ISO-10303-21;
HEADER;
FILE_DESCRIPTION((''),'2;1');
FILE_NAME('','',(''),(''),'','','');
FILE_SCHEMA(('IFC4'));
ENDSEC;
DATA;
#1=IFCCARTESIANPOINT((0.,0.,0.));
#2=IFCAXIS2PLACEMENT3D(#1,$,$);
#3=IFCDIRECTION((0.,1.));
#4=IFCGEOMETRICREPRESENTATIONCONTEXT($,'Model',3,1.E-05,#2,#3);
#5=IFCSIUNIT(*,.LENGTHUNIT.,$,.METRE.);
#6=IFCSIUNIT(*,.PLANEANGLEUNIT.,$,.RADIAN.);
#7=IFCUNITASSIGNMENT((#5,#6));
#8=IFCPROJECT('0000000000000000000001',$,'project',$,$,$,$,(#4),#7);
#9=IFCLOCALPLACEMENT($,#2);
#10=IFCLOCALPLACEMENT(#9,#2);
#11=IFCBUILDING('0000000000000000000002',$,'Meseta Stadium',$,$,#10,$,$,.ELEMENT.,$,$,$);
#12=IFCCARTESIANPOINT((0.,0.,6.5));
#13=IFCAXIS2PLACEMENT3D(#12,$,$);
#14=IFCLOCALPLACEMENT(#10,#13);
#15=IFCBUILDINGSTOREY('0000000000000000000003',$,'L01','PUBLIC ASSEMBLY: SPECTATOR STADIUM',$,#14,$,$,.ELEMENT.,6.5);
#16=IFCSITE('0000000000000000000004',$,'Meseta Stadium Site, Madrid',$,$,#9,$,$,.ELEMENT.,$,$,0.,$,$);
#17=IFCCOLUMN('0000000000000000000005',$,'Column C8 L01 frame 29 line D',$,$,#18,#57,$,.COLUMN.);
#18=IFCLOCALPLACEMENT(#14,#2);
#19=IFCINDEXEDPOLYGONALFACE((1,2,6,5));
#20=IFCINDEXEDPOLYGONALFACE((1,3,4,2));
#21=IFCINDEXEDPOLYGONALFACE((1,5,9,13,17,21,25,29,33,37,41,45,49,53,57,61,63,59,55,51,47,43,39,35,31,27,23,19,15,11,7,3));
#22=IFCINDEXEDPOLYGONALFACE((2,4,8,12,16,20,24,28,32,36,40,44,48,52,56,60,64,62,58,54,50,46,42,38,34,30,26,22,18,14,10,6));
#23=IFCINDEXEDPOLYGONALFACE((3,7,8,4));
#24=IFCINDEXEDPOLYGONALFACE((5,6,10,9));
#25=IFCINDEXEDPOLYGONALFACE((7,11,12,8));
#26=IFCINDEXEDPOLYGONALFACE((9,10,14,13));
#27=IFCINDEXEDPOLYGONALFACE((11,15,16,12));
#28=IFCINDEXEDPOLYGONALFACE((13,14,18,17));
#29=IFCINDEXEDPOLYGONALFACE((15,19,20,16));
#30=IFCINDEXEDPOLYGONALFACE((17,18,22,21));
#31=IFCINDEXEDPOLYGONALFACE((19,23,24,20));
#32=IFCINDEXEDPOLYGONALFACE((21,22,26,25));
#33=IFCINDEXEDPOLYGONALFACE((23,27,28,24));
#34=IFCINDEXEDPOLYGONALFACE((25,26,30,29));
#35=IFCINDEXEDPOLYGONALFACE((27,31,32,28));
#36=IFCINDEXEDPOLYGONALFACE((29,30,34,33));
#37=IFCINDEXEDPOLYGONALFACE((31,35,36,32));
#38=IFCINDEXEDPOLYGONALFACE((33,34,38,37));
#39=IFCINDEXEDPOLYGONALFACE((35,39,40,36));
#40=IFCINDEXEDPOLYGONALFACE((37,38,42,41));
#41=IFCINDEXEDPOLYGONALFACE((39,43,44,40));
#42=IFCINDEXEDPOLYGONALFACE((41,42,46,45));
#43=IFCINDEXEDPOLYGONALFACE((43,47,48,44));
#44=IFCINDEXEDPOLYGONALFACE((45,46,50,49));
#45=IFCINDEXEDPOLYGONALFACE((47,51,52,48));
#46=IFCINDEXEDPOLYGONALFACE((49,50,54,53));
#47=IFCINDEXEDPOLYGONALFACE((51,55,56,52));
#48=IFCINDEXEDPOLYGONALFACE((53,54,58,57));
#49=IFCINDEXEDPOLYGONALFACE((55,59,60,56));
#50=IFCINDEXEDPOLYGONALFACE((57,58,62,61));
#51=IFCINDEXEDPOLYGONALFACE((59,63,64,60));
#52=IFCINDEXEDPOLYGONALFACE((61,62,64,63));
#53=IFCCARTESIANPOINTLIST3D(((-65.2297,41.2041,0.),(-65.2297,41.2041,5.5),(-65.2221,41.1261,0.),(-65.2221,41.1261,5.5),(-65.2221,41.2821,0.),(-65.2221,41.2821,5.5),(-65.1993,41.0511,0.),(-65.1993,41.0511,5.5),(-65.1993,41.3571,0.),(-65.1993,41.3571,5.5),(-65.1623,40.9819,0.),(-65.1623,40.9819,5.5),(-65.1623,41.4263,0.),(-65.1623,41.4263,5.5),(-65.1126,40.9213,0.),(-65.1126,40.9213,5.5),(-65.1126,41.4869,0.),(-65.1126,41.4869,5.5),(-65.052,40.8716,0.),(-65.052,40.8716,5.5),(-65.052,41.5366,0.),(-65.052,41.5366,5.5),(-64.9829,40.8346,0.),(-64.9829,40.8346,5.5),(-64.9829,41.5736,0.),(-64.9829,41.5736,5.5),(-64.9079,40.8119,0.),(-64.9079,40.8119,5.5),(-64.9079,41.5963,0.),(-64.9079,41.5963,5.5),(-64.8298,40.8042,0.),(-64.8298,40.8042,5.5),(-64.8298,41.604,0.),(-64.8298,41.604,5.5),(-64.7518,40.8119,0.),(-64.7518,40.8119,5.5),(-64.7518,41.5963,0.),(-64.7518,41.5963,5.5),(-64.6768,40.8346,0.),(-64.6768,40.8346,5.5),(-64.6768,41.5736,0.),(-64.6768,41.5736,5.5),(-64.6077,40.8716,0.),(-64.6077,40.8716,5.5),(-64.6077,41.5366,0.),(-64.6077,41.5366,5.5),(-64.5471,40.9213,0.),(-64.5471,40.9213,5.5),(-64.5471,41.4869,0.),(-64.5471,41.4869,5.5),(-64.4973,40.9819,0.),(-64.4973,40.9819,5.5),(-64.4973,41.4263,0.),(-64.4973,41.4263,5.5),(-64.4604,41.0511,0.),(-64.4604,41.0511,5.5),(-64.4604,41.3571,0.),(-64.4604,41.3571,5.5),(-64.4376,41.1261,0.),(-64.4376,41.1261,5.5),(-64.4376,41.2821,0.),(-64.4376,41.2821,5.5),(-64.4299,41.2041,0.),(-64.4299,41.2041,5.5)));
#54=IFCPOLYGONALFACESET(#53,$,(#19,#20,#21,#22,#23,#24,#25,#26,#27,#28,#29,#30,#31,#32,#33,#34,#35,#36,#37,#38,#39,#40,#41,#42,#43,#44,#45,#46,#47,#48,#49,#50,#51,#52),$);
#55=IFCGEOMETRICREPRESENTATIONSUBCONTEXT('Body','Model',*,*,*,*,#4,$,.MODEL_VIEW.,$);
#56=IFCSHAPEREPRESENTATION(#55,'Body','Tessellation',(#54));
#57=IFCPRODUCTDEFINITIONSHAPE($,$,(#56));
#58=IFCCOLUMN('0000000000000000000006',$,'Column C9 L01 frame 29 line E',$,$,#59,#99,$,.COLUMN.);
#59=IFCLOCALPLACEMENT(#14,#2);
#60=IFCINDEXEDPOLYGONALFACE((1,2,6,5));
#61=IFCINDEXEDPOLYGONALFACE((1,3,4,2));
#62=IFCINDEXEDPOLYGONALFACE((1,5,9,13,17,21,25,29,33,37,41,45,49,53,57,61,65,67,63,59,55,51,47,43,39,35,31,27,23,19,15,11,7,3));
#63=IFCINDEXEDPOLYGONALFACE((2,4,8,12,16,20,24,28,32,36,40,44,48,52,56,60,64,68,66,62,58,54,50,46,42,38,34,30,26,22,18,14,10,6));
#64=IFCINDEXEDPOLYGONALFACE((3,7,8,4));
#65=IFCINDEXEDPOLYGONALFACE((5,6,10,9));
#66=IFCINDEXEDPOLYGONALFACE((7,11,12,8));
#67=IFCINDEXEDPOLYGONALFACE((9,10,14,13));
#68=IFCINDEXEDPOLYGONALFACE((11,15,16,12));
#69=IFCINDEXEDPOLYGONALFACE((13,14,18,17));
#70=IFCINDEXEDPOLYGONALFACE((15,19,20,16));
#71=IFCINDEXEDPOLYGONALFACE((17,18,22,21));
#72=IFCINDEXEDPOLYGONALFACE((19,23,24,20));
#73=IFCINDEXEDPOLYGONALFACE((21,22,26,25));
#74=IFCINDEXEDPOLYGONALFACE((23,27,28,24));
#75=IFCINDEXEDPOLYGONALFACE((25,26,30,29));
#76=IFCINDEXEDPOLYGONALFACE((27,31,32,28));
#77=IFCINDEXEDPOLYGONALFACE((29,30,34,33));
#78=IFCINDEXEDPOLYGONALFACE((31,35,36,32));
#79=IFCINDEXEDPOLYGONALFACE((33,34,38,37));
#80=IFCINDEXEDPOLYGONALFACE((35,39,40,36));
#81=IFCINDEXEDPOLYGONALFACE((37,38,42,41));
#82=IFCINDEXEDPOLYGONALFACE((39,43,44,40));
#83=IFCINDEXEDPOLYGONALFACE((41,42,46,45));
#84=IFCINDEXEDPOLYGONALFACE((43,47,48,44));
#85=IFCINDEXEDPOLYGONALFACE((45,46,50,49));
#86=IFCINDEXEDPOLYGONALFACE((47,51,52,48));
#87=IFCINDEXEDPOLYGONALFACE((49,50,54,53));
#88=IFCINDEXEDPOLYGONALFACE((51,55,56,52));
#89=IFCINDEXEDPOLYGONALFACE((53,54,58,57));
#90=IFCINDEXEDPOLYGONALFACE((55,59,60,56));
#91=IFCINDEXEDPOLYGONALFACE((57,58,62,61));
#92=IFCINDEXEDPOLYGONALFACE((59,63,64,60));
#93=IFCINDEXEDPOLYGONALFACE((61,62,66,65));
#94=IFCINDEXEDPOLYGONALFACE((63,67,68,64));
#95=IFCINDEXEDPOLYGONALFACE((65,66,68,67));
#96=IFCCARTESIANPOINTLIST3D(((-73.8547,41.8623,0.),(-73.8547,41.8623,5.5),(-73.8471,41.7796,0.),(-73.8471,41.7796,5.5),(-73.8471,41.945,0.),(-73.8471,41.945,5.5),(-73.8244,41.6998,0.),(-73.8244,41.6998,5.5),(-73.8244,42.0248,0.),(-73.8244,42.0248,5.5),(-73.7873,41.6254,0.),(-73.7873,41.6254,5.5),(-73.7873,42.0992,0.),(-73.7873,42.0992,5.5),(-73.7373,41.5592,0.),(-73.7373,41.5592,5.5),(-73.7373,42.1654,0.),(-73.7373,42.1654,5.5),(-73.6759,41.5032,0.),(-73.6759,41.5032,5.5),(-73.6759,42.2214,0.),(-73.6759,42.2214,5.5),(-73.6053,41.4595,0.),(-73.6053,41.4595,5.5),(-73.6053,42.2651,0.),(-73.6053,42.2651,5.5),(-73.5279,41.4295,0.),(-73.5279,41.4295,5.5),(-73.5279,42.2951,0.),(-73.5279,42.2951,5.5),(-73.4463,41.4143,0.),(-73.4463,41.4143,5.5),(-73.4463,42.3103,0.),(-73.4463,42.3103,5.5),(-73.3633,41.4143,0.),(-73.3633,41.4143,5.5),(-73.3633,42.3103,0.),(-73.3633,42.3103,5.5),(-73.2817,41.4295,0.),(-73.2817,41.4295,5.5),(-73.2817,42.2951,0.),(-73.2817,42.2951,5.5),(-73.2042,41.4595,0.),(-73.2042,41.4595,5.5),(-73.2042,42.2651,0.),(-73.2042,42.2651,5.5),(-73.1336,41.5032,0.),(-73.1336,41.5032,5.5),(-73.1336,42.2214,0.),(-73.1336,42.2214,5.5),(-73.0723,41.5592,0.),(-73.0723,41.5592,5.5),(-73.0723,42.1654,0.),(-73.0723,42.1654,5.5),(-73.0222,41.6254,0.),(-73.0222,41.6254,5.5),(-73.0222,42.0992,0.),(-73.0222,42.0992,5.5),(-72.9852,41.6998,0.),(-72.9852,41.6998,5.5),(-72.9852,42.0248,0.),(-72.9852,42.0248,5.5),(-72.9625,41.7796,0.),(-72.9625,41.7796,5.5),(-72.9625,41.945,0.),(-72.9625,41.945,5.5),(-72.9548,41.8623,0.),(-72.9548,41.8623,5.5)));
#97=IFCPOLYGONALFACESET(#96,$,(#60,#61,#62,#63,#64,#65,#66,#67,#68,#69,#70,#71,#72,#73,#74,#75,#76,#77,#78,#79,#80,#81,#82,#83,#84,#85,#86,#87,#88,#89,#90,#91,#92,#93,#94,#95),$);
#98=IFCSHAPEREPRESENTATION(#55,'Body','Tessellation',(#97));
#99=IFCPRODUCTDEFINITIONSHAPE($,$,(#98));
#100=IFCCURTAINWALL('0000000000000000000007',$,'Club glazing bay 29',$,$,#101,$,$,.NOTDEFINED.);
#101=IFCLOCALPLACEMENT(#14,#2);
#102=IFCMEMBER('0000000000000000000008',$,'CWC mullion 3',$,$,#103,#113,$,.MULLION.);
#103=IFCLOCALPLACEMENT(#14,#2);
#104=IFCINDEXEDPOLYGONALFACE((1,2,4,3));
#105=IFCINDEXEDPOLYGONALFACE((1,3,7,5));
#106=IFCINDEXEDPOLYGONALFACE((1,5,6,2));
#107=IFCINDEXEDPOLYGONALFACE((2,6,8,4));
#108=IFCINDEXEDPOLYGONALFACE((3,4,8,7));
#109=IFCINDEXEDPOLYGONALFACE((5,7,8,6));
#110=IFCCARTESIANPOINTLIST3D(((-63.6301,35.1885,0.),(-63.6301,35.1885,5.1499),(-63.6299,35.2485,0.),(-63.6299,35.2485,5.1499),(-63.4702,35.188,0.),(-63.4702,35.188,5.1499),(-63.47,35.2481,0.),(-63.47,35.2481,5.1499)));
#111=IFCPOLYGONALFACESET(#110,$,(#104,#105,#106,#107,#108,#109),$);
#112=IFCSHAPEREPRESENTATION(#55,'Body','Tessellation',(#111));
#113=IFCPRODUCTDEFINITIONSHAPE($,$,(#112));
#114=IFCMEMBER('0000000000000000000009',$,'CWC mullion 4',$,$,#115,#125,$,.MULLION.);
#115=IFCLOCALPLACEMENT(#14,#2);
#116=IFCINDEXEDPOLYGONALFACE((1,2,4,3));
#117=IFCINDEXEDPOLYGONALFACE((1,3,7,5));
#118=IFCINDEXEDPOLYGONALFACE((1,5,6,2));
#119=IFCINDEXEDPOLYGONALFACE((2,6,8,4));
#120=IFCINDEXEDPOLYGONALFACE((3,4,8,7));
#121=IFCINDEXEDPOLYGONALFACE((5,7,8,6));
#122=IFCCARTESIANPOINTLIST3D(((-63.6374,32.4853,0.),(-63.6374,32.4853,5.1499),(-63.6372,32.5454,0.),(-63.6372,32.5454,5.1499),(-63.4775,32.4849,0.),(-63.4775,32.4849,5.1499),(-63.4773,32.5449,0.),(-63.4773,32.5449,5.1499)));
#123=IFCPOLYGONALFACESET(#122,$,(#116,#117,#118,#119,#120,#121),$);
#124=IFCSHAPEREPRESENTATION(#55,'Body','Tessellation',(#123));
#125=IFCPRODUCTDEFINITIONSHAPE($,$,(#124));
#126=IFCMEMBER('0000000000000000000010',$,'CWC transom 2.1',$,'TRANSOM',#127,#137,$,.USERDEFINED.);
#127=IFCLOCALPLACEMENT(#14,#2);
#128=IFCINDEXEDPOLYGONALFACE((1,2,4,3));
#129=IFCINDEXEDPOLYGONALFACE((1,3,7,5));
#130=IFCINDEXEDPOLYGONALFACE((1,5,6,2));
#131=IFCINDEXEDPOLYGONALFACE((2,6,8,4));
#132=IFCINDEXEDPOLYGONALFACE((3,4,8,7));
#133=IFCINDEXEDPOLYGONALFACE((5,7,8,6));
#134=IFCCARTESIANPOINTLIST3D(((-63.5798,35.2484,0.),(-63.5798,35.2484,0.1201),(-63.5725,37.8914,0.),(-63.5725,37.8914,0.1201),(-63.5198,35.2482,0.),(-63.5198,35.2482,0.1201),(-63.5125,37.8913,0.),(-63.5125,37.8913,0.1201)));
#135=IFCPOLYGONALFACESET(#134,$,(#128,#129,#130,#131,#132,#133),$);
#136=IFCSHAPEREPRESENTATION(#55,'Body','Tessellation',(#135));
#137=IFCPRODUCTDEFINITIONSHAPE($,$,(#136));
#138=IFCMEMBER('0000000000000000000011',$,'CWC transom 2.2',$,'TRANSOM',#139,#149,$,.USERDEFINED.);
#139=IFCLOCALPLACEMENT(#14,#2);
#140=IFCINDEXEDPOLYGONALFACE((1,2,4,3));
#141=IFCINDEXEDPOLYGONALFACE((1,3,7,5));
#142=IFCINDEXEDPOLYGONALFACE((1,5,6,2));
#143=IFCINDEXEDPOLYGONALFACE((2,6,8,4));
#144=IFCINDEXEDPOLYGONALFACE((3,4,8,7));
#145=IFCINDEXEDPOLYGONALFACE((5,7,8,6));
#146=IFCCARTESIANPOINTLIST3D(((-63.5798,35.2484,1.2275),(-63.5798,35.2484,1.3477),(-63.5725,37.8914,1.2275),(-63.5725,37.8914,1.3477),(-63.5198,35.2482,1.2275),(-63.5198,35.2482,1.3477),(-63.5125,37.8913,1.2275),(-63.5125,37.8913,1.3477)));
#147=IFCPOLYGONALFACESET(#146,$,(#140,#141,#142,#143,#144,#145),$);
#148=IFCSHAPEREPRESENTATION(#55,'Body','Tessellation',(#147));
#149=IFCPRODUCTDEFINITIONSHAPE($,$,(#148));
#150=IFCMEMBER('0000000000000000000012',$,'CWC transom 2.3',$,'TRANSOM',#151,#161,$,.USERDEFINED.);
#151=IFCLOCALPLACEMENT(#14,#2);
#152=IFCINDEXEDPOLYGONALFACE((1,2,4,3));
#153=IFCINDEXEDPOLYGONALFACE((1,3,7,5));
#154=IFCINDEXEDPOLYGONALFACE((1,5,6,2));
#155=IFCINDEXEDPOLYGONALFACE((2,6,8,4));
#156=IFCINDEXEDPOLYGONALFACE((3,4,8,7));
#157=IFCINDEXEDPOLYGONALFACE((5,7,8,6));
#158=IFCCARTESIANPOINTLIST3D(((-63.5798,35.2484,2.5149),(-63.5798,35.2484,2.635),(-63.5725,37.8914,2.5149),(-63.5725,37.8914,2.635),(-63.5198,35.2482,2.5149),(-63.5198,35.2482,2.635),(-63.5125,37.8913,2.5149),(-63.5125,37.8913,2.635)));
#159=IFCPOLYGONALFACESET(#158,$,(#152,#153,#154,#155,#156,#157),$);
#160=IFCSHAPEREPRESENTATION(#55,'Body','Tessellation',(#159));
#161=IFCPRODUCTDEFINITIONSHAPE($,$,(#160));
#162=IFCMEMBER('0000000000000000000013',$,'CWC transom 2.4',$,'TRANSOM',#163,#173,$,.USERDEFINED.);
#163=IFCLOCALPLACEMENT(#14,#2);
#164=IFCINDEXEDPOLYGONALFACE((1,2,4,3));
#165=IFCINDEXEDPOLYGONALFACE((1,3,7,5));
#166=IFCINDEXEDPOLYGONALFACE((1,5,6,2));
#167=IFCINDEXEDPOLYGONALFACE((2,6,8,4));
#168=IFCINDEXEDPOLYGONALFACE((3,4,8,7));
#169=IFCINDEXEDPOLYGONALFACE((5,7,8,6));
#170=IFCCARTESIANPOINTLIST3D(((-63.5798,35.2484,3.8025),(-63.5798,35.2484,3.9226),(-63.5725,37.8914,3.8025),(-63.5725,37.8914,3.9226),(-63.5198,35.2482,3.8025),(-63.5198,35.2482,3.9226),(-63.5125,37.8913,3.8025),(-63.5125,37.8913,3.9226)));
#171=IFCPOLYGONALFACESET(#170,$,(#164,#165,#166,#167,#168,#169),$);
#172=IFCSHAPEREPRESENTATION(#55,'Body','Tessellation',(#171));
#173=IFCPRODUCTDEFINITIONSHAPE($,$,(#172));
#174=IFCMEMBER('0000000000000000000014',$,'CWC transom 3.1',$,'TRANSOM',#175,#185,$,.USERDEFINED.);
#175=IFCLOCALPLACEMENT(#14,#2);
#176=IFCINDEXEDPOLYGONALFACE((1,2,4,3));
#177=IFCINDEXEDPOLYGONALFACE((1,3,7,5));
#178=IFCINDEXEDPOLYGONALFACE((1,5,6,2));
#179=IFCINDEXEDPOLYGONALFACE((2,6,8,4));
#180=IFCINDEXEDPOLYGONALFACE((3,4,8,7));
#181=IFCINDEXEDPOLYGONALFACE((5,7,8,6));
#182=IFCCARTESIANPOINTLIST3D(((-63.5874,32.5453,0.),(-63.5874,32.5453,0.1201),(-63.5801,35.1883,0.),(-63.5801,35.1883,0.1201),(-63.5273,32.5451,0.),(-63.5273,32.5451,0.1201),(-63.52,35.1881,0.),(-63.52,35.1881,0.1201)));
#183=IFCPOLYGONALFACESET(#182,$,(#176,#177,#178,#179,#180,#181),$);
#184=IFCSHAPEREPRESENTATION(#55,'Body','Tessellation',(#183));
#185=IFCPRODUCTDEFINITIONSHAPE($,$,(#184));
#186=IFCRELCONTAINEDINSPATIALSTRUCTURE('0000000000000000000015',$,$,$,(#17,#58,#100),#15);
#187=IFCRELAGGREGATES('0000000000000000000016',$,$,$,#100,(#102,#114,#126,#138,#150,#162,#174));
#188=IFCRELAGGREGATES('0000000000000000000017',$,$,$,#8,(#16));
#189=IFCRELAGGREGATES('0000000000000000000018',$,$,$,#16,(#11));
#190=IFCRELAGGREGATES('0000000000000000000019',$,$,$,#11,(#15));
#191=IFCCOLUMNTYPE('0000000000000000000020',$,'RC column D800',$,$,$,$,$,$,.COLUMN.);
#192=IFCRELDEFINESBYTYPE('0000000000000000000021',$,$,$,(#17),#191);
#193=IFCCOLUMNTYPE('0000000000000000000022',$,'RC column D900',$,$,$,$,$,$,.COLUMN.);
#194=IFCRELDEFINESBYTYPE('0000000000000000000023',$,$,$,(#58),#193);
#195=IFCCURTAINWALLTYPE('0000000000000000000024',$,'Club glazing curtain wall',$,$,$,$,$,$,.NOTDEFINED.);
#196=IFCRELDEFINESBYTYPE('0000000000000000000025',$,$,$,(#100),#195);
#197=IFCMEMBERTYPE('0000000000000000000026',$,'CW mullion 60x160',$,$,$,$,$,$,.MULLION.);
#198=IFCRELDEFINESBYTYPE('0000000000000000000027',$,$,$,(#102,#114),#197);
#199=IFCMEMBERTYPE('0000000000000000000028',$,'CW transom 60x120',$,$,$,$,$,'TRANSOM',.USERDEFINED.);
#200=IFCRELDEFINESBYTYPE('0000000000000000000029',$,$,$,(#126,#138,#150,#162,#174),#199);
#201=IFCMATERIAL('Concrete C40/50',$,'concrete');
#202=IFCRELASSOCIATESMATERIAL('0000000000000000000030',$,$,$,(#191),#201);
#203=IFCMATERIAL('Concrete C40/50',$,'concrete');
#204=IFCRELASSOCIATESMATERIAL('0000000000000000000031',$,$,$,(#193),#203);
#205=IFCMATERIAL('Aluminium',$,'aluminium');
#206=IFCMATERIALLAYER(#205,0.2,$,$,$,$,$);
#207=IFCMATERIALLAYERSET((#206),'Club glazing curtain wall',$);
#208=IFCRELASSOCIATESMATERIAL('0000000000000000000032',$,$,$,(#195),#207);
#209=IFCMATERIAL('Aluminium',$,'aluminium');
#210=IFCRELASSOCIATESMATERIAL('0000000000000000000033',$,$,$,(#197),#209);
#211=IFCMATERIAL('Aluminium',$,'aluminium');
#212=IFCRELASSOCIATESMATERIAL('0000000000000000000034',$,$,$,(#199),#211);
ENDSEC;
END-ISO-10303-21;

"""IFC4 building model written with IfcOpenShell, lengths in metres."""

from ifc_helpers import new_model, si_unit, direction, frame, origin, origin_2d, place, context, subcontext, project, spatial, rectangle, circle, extrude, material, layer, layer_set, material_profile, profile_set, type_object, element, aggregate, save


model = new_model("IFC4")

# Units and contexts
model_context = context("Model", 3, precision=1e-05, world=origin(), true_north=direction((0.0, 1.0)))
body_context = subcontext(model_context, "Body", "Model", "MODEL_VIEW")
ifc_project = project(units=[si_unit("LENGTHUNIT", "METRE"), si_unit("PLANEANGLEUNIT", "RADIAN")], contexts=[model_context])

# Site, building, storey
site_placement = place(None, origin())
site = spatial("IfcSite", under=ifc_project, at=site_placement, Name="Meseta Stadium Site, Madrid", CompositionType="ELEMENT", RefElevation=0.0)
building_placement = place(site_placement, origin())
building = spatial("IfcBuilding", under=site, at=building_placement, Name="Meseta Stadium", CompositionType="ELEMENT")
storey_placement = place(building_placement, frame((0.0, 0.0, 6.5)))
storey = spatial("IfcBuildingStorey", under=building, at=storey_placement, Name="L01", Description="PUBLIC ASSEMBLY: SPECTATOR STADIUM", CompositionType="ELEMENT", Elevation=6.5)

# Columns
ifc_material_1 = material(Name="Concrete C40/50", Category="concrete")
ifc_material_profile_1 = material_profile(ifc_material_1, circle(Radius=0.3999, at=origin_2d()), Name="RC D800")
ifc_profile_set_1 = profile_set([ifc_material_profile_1], Name="Concrete C40/50")
column_type_1 = type_object("IfcColumnType", Name="RC column D800", PredefinedType="COLUMN", material=ifc_profile_set_1)
column_1_placement = place(storey_placement, frame((-64.8298, 41.2041, 0.0), z_axis=(0.0, 0.0, 1.0), x_axis=(1.0, 0.0, 0.0)))
element("IfcColumn", 1, at=column_1_placement, inside=storey, type_object=column_type_1, Name="Column C8 L01 frame 29 line D", PredefinedType="COLUMN", context=body_context, shape_type="SweptSolid", body=[
    extrude(circle(Radius=0.3999, at=origin_2d()), origin(), (0.0, 0.0, 1.0), 5.5),
])
ifc_material_2 = material(Name="Concrete C40/50", Category="concrete")
ifc_material_profile_2 = material_profile(ifc_material_2, circle(Radius=0.45, at=origin_2d()), Name="RC D900")
ifc_profile_set_2 = profile_set([ifc_material_profile_2], Name="Concrete C40/50")
column_type_2 = type_object("IfcColumnType", Name="RC column D900", PredefinedType="COLUMN", material=ifc_profile_set_2)
column_2_placement = place(storey_placement, frame((-73.4048, 41.8623, 0.0), z_axis=(0.0, 0.0, 1.0), x_axis=(1.0, 0.0, 0.0)))
element("IfcColumn", 2, at=column_2_placement, inside=storey, type_object=column_type_2, Name="Column C9 L01 frame 29 line E", PredefinedType="COLUMN", context=body_context, shape_type="SweptSolid", body=[
    extrude(circle(Radius=0.45, at=origin_2d()), origin(), (0.0, 0.0, 1.0), 5.5),
])

# Curtain wall, members
ifc_material_3 = material(Name="Aluminium", Category="aluminium")
ifc_layer_1 = layer(ifc_material_3, 0.2)
ifc_layer_set_1 = layer_set([ifc_layer_1], Name="Club glazing curtain wall")
curtain_wall_type = type_object("IfcCurtainWallType", Name="Club glazing curtain wall", PredefinedType="NOTDEFINED", material=ifc_layer_set_1)
curtain_wall_placement = place(storey_placement, origin())
curtain_wall = element("IfcCurtainWall", 3, at=curtain_wall_placement, inside=storey, type_object=curtain_wall_type, Name="Club glazing bay 29", PredefinedType="NOTDEFINED")
ifc_material_4 = material(Name="Aluminium", Category="aluminium")
ifc_material_profile_3 = material_profile(ifc_material_4, rectangle(XDim=0.1599, YDim=0.0601, at=origin_2d()), Name="CW 160x60")
ifc_profile_set_3 = profile_set([ifc_material_profile_3], Name="Aluminium")
member_type_1 = type_object("IfcMemberType", Name="CW mullion 60x160", PredefinedType="MULLION", material=ifc_profile_set_3)
member_1_placement = place(storey_placement, frame((-63.55, 35.2183, 0.0), z_axis=(0.0, 0.0, 1.0), x_axis=(0.999996, -0.002758, 0.0)))
member_1 = element("IfcMember", 4, at=member_1_placement, type_object=member_type_1, Name="CWC mullion 3", PredefinedType="MULLION", context=body_context, shape_type="SweptSolid", body=[
    extrude(rectangle(XDim=0.1599, YDim=0.0601, at=origin_2d()), origin(), (0.0, 0.0, 1.0), 5.1499),
])
member_2_placement = place(storey_placement, frame((-63.5574, 32.5151, 0.0), z_axis=(0.0, 0.0, 1.0), x_axis=(0.999996, -0.002758, 0.0)))
member_2 = element("IfcMember", 5, at=member_2_placement, type_object=member_type_1, Name="CWC mullion 4", PredefinedType="MULLION", context=body_context, shape_type="SweptSolid", body=[
    extrude(rectangle(XDim=0.1599, YDim=0.0601, at=origin_2d()), origin(), (0.0, 0.0, 1.0), 5.1499),
])
ifc_material_5 = material(Name="Aluminium", Category="aluminium")
ifc_material_profile_4 = material_profile(ifc_material_5, rectangle(XDim=0.0601, YDim=0.1201, at=origin_2d()), Name="CW 60x120")
ifc_profile_set_4 = profile_set([ifc_material_profile_4], Name="Aluminium")
member_type_2 = type_object("IfcMemberType", Name="CW transom 60x120", ElementType="TRANSOM", PredefinedType="USERDEFINED", material=ifc_profile_set_4)
member_3_placement = place(storey_placement, frame((-63.5425, 37.8914, 0.0601), z_axis=(-0.002771, -0.999996, 0.0), x_axis=(0.999996, -0.002771, 0.0)))
member_3 = element("IfcMember", 6, at=member_3_placement, type_object=member_type_2, Name="CWC transom 2.1", ObjectType="TRANSOM", PredefinedType="USERDEFINED", context=body_context, shape_type="SweptSolid", body=[
    extrude(rectangle(XDim=0.0601, YDim=0.1201, at=origin_2d()), origin(), (0.0, 0.0, 1.0), 2.6431),
])
member_4_placement = place(storey_placement, frame((-63.5425, 37.8914, 1.2876), z_axis=(-0.002771, -0.999996, 0.0), x_axis=(0.999996, -0.002771, 0.0)))
member_4 = element("IfcMember", 7, at=member_4_placement, type_object=member_type_2, Name="CWC transom 2.2", ObjectType="TRANSOM", PredefinedType="USERDEFINED", context=body_context, shape_type="SweptSolid", body=[
    extrude(rectangle(XDim=0.0601, YDim=0.1201, at=origin_2d()), origin(), (0.0, 0.0, 1.0), 2.6431),
])
member_5_placement = place(storey_placement, frame((-63.5425, 37.8914, 2.575), z_axis=(-0.002771, -0.999996, 0.0), x_axis=(0.999996, -0.002771, 0.0)))
member_5 = element("IfcMember", 8, at=member_5_placement, type_object=member_type_2, Name="CWC transom 2.3", ObjectType="TRANSOM", PredefinedType="USERDEFINED", context=body_context, shape_type="SweptSolid", body=[
    extrude(rectangle(XDim=0.0601, YDim=0.1201, at=origin_2d()), origin(), (0.0, 0.0, 1.0), 2.6431),
])
member_6_placement = place(storey_placement, frame((-63.5425, 37.8914, 3.8625), z_axis=(-0.002771, -0.999996, 0.0), x_axis=(0.999996, -0.002771, 0.0)))
member_6 = element("IfcMember", 9, at=member_6_placement, type_object=member_type_2, Name="CWC transom 2.4", ObjectType="TRANSOM", PredefinedType="USERDEFINED", context=body_context, shape_type="SweptSolid", body=[
    extrude(rectangle(XDim=0.0601, YDim=0.1201, at=origin_2d()), origin(), (0.0, 0.0, 1.0), 2.6431),
])
member_7_placement = place(storey_placement, frame((-63.55, 35.1882, 0.0601), z_axis=(-0.002771, -0.999996, 0.0), x_axis=(0.999996, -0.002771, 0.0)))
member_7 = element("IfcMember", 10, at=member_7_placement, type_object=member_type_2, Name="CWC transom 3.1", ObjectType="TRANSOM", PredefinedType="USERDEFINED", context=body_context, shape_type="SweptSolid", body=[
    extrude(rectangle(XDim=0.0601, YDim=0.1201, at=origin_2d()), origin(), (0.0, 0.0, 1.0), 2.6431),
])

aggregate(curtain_wall, [member_1, member_2, member_3, member_4, member_5, member_6, member_7])

save(model, "model.ifc")
